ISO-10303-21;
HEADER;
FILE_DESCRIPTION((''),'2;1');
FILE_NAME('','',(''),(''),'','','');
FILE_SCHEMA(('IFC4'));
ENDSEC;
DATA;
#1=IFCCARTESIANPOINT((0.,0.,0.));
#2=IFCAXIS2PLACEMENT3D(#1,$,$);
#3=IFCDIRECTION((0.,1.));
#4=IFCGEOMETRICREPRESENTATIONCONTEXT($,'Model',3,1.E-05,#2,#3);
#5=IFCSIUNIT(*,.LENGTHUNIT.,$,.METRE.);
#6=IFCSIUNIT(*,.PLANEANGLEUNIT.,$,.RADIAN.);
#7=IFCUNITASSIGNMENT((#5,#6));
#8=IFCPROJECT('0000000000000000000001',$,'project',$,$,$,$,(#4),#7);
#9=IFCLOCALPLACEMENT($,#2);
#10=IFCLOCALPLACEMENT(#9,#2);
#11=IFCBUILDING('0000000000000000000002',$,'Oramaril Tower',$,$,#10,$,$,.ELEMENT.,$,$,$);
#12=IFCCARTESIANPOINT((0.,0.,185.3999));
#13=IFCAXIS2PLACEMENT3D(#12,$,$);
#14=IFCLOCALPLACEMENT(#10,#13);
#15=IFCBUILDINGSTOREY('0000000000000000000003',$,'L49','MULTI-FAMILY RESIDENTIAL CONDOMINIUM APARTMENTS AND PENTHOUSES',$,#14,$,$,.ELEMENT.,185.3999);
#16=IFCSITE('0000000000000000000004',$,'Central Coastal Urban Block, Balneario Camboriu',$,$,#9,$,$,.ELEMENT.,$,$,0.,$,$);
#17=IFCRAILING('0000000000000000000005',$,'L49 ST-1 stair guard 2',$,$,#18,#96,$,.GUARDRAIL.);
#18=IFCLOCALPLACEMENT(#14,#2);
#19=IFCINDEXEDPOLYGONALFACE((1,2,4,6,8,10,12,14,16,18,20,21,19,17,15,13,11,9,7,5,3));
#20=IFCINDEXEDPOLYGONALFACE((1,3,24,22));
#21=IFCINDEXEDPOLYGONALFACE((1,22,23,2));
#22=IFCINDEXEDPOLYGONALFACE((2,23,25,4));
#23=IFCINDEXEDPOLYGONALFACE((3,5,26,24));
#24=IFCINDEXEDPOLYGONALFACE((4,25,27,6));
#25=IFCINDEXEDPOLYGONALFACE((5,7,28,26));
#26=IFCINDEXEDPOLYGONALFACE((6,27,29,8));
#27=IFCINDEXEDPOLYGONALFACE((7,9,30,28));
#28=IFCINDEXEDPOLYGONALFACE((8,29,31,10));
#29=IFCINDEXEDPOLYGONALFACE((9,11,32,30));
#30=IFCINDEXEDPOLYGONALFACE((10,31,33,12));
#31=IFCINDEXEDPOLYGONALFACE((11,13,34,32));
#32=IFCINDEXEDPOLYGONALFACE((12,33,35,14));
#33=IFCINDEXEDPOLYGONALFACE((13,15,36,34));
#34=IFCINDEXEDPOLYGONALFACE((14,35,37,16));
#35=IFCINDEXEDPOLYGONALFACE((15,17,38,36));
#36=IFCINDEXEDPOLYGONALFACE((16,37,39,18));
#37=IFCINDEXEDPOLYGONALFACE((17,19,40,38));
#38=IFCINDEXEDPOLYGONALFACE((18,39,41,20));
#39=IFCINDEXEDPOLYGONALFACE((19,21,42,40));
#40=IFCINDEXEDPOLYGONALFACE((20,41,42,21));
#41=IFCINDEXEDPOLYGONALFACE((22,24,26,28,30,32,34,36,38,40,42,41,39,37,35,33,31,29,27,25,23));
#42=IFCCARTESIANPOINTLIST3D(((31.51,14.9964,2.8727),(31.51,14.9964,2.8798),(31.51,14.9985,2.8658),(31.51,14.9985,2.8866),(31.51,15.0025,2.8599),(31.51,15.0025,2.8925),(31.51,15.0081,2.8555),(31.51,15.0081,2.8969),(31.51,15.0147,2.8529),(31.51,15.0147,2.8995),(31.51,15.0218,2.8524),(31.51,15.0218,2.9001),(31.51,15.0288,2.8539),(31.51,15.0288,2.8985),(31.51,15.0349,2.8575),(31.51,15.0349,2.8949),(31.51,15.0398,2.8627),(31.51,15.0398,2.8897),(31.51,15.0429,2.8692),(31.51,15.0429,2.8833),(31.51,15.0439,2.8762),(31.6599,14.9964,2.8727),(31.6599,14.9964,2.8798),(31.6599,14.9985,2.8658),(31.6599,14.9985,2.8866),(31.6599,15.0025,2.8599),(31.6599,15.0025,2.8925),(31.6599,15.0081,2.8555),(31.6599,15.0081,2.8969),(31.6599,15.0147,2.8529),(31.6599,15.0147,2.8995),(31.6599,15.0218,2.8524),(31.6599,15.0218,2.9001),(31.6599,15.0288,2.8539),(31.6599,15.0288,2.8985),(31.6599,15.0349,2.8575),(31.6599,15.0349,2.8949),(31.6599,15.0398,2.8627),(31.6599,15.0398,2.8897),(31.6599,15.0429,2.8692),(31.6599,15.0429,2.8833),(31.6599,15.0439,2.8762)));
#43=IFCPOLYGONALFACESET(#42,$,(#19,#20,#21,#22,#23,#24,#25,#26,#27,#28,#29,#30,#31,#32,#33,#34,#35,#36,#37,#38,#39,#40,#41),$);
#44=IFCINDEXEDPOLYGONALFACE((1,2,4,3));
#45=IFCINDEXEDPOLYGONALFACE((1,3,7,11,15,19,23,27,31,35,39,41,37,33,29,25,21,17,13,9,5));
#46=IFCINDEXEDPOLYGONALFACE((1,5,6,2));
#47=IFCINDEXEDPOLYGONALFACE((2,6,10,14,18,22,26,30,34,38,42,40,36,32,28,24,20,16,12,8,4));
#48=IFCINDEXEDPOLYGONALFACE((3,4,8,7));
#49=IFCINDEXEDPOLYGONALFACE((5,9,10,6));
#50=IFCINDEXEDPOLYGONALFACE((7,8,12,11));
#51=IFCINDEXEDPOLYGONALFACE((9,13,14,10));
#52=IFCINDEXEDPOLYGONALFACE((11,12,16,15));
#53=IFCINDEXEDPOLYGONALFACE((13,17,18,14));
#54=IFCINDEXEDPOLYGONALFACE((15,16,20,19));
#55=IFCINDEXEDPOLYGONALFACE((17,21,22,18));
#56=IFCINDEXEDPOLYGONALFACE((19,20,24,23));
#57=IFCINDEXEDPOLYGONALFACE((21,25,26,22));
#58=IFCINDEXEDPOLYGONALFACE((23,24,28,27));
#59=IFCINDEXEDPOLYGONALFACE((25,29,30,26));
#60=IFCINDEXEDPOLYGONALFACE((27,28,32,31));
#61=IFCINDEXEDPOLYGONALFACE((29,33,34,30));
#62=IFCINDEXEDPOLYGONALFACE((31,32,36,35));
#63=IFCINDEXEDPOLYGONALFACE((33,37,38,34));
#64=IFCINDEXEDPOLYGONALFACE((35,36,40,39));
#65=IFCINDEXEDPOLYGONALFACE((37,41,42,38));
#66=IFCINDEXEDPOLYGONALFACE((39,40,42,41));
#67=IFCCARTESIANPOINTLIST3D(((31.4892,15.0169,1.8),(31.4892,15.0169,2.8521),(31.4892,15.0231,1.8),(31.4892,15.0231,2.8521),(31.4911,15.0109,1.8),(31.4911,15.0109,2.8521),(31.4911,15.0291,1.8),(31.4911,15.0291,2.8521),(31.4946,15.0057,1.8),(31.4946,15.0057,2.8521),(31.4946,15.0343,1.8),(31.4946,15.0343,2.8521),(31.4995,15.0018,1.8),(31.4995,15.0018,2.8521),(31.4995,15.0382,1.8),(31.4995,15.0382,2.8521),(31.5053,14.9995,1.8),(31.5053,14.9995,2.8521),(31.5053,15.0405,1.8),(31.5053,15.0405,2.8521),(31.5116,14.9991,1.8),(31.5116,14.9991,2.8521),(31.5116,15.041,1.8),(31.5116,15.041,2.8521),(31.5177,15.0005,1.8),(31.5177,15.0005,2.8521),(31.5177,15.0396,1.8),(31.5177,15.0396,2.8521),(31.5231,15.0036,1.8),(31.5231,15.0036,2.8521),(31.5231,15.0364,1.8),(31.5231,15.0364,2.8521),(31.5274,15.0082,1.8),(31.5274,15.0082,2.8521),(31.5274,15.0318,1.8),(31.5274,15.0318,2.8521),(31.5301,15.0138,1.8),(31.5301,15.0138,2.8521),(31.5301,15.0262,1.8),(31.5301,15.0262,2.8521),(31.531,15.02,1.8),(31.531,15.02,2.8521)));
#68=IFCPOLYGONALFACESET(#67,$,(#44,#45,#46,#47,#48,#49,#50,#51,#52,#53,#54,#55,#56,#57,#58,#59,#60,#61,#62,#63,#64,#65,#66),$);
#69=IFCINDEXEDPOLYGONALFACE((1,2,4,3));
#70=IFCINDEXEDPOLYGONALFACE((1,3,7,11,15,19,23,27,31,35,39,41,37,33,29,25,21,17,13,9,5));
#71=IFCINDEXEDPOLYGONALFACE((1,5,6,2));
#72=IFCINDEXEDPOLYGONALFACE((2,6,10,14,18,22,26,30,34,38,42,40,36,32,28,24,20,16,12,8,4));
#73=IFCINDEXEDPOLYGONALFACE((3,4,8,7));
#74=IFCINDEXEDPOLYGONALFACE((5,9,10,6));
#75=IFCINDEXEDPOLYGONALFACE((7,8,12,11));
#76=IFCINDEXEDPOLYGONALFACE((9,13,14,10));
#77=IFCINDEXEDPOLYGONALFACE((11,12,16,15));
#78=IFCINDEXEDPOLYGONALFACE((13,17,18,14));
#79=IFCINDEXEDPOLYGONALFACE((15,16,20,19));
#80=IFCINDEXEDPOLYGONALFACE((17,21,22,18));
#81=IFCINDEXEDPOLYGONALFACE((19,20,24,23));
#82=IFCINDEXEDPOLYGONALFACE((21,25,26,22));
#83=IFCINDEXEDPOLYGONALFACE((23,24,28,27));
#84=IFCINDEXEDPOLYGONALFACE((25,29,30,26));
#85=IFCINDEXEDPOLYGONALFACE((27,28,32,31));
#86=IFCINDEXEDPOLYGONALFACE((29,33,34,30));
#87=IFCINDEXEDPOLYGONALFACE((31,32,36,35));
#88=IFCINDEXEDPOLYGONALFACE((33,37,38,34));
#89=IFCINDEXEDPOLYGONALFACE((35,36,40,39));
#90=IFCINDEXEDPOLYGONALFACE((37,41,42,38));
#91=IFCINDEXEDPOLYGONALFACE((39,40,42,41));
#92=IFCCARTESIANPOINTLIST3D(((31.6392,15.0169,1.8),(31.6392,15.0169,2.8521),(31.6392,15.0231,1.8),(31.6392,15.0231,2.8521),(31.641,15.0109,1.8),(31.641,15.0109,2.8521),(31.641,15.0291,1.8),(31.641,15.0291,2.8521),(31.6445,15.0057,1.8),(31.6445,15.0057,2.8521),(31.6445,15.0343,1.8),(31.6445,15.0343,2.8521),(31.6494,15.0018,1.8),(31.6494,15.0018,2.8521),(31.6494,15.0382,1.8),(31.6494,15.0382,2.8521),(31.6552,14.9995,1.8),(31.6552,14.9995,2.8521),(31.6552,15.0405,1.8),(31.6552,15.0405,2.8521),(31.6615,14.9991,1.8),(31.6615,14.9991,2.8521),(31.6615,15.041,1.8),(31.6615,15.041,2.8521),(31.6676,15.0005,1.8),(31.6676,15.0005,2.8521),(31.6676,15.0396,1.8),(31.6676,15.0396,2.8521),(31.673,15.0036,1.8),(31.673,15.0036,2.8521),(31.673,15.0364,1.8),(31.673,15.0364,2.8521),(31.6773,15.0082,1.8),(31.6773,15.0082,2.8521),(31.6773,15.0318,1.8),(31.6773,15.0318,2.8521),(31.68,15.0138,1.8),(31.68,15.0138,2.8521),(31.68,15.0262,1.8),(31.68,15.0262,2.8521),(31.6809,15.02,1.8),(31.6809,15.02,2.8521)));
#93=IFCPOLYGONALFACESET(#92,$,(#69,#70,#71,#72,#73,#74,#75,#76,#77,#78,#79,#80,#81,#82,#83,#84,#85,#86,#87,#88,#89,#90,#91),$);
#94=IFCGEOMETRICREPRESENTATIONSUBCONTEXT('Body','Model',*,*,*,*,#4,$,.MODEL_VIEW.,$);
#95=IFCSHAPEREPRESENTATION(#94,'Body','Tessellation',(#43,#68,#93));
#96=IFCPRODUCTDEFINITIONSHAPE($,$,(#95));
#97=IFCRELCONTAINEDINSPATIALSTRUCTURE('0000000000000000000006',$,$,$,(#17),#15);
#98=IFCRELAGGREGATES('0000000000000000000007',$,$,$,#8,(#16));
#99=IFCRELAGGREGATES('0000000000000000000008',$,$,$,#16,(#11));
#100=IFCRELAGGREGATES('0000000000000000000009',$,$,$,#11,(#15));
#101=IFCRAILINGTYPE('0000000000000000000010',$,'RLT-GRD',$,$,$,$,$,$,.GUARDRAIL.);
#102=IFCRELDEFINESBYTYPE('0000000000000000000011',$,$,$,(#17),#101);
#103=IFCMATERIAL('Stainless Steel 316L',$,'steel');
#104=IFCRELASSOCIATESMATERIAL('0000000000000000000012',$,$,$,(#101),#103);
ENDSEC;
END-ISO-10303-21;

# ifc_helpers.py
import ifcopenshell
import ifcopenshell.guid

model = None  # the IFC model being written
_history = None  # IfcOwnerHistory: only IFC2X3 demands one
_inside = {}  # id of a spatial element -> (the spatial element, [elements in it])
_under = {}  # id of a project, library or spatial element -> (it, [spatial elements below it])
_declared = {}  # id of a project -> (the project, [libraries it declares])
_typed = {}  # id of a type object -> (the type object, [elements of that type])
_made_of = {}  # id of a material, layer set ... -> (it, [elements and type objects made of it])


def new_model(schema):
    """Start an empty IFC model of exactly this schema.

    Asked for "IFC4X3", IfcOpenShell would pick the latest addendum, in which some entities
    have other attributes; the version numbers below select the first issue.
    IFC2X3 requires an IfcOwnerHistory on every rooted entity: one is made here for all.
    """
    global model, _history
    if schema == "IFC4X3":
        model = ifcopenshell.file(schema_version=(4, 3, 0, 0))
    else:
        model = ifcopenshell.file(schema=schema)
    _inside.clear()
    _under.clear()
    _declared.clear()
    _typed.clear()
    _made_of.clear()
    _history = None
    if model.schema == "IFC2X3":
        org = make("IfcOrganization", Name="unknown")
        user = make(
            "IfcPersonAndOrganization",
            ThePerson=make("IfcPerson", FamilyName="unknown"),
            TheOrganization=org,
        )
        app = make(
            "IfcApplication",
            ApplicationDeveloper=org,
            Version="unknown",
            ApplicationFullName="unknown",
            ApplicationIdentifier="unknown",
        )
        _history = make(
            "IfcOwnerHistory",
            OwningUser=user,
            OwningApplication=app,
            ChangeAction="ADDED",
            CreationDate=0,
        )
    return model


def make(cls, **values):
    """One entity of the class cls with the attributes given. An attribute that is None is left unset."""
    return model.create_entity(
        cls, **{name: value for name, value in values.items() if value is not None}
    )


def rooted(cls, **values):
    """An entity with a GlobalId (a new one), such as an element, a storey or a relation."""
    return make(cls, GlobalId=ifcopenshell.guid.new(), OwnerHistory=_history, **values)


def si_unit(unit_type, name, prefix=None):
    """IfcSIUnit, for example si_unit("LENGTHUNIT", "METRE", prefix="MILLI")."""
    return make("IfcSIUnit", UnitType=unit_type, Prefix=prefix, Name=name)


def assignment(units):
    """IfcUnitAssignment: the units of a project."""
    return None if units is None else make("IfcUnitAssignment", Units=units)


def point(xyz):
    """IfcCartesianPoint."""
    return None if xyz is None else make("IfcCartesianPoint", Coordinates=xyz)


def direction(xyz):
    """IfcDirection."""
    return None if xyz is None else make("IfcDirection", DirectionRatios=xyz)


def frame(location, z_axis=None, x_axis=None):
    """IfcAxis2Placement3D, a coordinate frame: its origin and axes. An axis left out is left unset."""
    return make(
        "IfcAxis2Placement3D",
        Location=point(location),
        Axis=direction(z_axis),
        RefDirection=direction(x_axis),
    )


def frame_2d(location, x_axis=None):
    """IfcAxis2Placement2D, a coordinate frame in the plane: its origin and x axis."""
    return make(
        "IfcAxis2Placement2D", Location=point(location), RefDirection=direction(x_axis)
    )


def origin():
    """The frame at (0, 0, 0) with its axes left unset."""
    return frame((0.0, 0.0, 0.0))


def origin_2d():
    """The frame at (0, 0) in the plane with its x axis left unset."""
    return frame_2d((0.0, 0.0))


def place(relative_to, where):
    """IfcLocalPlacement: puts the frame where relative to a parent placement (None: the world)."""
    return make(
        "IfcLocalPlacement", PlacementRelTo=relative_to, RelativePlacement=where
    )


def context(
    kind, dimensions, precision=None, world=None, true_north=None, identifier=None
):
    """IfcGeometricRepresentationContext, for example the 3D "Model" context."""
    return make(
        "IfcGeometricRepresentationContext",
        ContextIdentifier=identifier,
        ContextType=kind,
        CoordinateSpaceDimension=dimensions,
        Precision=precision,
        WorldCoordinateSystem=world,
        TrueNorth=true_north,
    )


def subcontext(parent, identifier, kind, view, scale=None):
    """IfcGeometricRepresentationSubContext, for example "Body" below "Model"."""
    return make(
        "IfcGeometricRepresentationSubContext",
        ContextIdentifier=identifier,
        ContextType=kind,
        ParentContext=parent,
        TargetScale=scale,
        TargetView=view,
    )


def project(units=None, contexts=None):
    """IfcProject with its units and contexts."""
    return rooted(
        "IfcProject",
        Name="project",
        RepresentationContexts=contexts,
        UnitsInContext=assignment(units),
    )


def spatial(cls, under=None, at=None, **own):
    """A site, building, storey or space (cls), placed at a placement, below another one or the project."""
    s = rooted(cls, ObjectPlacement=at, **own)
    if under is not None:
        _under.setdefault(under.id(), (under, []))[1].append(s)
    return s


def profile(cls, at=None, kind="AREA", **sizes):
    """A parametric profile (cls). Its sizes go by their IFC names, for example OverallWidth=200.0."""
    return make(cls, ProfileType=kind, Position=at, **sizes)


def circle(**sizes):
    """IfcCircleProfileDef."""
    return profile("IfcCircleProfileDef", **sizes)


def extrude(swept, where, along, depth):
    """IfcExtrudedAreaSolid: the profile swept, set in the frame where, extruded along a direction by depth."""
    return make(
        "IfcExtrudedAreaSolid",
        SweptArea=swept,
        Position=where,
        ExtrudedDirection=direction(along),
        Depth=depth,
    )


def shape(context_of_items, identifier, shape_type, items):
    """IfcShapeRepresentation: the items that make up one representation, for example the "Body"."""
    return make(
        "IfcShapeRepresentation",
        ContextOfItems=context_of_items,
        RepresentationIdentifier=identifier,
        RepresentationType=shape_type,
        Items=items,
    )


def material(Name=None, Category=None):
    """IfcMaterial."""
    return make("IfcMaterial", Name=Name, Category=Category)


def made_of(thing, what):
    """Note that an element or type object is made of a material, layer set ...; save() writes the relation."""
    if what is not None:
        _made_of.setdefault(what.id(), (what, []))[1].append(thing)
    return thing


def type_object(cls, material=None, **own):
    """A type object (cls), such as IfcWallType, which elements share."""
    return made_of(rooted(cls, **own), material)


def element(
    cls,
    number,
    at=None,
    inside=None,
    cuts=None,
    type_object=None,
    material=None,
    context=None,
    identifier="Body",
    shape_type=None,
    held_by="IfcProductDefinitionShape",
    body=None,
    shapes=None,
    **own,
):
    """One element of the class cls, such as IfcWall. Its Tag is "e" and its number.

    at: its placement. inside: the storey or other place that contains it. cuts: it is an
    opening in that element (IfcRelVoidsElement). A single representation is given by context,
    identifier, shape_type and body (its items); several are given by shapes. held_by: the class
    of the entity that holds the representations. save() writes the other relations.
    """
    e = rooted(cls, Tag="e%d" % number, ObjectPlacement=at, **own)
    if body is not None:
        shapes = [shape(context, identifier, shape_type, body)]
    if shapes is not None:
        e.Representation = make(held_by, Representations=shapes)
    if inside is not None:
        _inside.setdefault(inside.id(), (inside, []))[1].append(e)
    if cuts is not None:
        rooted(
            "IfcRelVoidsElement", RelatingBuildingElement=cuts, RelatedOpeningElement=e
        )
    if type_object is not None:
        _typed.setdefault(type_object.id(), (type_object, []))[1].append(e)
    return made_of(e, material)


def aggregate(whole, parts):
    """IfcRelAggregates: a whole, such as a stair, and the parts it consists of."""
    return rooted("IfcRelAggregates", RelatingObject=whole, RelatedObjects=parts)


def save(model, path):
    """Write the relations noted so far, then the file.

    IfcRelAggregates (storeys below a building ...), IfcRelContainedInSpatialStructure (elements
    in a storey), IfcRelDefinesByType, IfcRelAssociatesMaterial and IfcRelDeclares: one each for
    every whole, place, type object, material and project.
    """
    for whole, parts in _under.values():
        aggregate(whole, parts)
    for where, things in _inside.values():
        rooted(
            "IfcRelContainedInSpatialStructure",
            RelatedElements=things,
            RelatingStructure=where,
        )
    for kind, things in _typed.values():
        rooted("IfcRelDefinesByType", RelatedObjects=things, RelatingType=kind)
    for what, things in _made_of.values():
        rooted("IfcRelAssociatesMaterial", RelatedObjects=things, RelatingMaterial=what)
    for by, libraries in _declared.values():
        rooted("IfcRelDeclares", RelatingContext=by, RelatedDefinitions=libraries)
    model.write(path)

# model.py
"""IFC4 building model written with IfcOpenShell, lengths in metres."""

from ifc_helpers import new_model, si_unit, direction, frame, origin, origin_2d, place, context, subcontext, project, spatial, circle, extrude, material, type_object, element, save


model = new_model("IFC4")

# Units and contexts
model_context = context("Model", 3, precision=1e-05, world=origin(), true_north=direction((0.0, 1.0)))
body_context = subcontext(model_context, "Body", "Model", "MODEL_VIEW")
ifc_project = project(units=[si_unit("LENGTHUNIT", "METRE"), si_unit("PLANEANGLEUNIT", "RADIAN")], contexts=[model_context])

# Site, building, storey
site_placement = place(None, origin())
site = spatial("IfcSite", under=ifc_project, at=site_placement, Name="Central Coastal Urban Block, Balneario Camboriu", CompositionType="ELEMENT", RefElevation=0.0)
building_placement = place(site_placement, origin())
building = spatial("IfcBuilding", under=site, at=building_placement, Name="Oramaril Tower", CompositionType="ELEMENT")
storey_placement = place(building_placement, frame((0.0, 0.0, 185.3999)))
storey = spatial("IfcBuildingStorey", under=building, at=storey_placement, Name="L49", Description="MULTI-FAMILY RESIDENTIAL CONDOMINIUM APARTMENTS AND PENTHOUSES", CompositionType="ELEMENT", Elevation=185.3999)

# Railing
ifc_material_1 = material(Name="Stainless Steel 316L", Category="steel")
railing_type_1 = type_object("IfcRailingType", Name="RLT-GRD", PredefinedType="GUARDRAIL", material=ifc_material_1)
railing_1_placement = place(storey_placement, frame((31.51, 15.02, 1.8)))
element("IfcRailing", 1, at=railing_1_placement, inside=storey, type_object=railing_type_1, Name="L49 ST-1 stair guard 2", PredefinedType="GUARDRAIL", context=body_context, shape_type="SweptSolid", body=[
    extrude(circle(Radius=0.0239, at=origin_2d()), frame((0.0, 0.0, 1.0762), z_axis=(1.0, 0.0, 0.0), x_axis=(0.0, 1.0, 0.0)), (0.0, 0.0, 1.0), 0.1499),
    extrude(circle(Radius=0.021, at=origin_2d()), origin(), (0.0, 0.0, 1.0), 1.052),
    extrude(circle(Radius=0.021, at=origin_2d()), frame((0.1499, 0.0, 0.0)), (0.0, 0.0, 1.0), 1.052),
])

save(model, "model.ifc")
